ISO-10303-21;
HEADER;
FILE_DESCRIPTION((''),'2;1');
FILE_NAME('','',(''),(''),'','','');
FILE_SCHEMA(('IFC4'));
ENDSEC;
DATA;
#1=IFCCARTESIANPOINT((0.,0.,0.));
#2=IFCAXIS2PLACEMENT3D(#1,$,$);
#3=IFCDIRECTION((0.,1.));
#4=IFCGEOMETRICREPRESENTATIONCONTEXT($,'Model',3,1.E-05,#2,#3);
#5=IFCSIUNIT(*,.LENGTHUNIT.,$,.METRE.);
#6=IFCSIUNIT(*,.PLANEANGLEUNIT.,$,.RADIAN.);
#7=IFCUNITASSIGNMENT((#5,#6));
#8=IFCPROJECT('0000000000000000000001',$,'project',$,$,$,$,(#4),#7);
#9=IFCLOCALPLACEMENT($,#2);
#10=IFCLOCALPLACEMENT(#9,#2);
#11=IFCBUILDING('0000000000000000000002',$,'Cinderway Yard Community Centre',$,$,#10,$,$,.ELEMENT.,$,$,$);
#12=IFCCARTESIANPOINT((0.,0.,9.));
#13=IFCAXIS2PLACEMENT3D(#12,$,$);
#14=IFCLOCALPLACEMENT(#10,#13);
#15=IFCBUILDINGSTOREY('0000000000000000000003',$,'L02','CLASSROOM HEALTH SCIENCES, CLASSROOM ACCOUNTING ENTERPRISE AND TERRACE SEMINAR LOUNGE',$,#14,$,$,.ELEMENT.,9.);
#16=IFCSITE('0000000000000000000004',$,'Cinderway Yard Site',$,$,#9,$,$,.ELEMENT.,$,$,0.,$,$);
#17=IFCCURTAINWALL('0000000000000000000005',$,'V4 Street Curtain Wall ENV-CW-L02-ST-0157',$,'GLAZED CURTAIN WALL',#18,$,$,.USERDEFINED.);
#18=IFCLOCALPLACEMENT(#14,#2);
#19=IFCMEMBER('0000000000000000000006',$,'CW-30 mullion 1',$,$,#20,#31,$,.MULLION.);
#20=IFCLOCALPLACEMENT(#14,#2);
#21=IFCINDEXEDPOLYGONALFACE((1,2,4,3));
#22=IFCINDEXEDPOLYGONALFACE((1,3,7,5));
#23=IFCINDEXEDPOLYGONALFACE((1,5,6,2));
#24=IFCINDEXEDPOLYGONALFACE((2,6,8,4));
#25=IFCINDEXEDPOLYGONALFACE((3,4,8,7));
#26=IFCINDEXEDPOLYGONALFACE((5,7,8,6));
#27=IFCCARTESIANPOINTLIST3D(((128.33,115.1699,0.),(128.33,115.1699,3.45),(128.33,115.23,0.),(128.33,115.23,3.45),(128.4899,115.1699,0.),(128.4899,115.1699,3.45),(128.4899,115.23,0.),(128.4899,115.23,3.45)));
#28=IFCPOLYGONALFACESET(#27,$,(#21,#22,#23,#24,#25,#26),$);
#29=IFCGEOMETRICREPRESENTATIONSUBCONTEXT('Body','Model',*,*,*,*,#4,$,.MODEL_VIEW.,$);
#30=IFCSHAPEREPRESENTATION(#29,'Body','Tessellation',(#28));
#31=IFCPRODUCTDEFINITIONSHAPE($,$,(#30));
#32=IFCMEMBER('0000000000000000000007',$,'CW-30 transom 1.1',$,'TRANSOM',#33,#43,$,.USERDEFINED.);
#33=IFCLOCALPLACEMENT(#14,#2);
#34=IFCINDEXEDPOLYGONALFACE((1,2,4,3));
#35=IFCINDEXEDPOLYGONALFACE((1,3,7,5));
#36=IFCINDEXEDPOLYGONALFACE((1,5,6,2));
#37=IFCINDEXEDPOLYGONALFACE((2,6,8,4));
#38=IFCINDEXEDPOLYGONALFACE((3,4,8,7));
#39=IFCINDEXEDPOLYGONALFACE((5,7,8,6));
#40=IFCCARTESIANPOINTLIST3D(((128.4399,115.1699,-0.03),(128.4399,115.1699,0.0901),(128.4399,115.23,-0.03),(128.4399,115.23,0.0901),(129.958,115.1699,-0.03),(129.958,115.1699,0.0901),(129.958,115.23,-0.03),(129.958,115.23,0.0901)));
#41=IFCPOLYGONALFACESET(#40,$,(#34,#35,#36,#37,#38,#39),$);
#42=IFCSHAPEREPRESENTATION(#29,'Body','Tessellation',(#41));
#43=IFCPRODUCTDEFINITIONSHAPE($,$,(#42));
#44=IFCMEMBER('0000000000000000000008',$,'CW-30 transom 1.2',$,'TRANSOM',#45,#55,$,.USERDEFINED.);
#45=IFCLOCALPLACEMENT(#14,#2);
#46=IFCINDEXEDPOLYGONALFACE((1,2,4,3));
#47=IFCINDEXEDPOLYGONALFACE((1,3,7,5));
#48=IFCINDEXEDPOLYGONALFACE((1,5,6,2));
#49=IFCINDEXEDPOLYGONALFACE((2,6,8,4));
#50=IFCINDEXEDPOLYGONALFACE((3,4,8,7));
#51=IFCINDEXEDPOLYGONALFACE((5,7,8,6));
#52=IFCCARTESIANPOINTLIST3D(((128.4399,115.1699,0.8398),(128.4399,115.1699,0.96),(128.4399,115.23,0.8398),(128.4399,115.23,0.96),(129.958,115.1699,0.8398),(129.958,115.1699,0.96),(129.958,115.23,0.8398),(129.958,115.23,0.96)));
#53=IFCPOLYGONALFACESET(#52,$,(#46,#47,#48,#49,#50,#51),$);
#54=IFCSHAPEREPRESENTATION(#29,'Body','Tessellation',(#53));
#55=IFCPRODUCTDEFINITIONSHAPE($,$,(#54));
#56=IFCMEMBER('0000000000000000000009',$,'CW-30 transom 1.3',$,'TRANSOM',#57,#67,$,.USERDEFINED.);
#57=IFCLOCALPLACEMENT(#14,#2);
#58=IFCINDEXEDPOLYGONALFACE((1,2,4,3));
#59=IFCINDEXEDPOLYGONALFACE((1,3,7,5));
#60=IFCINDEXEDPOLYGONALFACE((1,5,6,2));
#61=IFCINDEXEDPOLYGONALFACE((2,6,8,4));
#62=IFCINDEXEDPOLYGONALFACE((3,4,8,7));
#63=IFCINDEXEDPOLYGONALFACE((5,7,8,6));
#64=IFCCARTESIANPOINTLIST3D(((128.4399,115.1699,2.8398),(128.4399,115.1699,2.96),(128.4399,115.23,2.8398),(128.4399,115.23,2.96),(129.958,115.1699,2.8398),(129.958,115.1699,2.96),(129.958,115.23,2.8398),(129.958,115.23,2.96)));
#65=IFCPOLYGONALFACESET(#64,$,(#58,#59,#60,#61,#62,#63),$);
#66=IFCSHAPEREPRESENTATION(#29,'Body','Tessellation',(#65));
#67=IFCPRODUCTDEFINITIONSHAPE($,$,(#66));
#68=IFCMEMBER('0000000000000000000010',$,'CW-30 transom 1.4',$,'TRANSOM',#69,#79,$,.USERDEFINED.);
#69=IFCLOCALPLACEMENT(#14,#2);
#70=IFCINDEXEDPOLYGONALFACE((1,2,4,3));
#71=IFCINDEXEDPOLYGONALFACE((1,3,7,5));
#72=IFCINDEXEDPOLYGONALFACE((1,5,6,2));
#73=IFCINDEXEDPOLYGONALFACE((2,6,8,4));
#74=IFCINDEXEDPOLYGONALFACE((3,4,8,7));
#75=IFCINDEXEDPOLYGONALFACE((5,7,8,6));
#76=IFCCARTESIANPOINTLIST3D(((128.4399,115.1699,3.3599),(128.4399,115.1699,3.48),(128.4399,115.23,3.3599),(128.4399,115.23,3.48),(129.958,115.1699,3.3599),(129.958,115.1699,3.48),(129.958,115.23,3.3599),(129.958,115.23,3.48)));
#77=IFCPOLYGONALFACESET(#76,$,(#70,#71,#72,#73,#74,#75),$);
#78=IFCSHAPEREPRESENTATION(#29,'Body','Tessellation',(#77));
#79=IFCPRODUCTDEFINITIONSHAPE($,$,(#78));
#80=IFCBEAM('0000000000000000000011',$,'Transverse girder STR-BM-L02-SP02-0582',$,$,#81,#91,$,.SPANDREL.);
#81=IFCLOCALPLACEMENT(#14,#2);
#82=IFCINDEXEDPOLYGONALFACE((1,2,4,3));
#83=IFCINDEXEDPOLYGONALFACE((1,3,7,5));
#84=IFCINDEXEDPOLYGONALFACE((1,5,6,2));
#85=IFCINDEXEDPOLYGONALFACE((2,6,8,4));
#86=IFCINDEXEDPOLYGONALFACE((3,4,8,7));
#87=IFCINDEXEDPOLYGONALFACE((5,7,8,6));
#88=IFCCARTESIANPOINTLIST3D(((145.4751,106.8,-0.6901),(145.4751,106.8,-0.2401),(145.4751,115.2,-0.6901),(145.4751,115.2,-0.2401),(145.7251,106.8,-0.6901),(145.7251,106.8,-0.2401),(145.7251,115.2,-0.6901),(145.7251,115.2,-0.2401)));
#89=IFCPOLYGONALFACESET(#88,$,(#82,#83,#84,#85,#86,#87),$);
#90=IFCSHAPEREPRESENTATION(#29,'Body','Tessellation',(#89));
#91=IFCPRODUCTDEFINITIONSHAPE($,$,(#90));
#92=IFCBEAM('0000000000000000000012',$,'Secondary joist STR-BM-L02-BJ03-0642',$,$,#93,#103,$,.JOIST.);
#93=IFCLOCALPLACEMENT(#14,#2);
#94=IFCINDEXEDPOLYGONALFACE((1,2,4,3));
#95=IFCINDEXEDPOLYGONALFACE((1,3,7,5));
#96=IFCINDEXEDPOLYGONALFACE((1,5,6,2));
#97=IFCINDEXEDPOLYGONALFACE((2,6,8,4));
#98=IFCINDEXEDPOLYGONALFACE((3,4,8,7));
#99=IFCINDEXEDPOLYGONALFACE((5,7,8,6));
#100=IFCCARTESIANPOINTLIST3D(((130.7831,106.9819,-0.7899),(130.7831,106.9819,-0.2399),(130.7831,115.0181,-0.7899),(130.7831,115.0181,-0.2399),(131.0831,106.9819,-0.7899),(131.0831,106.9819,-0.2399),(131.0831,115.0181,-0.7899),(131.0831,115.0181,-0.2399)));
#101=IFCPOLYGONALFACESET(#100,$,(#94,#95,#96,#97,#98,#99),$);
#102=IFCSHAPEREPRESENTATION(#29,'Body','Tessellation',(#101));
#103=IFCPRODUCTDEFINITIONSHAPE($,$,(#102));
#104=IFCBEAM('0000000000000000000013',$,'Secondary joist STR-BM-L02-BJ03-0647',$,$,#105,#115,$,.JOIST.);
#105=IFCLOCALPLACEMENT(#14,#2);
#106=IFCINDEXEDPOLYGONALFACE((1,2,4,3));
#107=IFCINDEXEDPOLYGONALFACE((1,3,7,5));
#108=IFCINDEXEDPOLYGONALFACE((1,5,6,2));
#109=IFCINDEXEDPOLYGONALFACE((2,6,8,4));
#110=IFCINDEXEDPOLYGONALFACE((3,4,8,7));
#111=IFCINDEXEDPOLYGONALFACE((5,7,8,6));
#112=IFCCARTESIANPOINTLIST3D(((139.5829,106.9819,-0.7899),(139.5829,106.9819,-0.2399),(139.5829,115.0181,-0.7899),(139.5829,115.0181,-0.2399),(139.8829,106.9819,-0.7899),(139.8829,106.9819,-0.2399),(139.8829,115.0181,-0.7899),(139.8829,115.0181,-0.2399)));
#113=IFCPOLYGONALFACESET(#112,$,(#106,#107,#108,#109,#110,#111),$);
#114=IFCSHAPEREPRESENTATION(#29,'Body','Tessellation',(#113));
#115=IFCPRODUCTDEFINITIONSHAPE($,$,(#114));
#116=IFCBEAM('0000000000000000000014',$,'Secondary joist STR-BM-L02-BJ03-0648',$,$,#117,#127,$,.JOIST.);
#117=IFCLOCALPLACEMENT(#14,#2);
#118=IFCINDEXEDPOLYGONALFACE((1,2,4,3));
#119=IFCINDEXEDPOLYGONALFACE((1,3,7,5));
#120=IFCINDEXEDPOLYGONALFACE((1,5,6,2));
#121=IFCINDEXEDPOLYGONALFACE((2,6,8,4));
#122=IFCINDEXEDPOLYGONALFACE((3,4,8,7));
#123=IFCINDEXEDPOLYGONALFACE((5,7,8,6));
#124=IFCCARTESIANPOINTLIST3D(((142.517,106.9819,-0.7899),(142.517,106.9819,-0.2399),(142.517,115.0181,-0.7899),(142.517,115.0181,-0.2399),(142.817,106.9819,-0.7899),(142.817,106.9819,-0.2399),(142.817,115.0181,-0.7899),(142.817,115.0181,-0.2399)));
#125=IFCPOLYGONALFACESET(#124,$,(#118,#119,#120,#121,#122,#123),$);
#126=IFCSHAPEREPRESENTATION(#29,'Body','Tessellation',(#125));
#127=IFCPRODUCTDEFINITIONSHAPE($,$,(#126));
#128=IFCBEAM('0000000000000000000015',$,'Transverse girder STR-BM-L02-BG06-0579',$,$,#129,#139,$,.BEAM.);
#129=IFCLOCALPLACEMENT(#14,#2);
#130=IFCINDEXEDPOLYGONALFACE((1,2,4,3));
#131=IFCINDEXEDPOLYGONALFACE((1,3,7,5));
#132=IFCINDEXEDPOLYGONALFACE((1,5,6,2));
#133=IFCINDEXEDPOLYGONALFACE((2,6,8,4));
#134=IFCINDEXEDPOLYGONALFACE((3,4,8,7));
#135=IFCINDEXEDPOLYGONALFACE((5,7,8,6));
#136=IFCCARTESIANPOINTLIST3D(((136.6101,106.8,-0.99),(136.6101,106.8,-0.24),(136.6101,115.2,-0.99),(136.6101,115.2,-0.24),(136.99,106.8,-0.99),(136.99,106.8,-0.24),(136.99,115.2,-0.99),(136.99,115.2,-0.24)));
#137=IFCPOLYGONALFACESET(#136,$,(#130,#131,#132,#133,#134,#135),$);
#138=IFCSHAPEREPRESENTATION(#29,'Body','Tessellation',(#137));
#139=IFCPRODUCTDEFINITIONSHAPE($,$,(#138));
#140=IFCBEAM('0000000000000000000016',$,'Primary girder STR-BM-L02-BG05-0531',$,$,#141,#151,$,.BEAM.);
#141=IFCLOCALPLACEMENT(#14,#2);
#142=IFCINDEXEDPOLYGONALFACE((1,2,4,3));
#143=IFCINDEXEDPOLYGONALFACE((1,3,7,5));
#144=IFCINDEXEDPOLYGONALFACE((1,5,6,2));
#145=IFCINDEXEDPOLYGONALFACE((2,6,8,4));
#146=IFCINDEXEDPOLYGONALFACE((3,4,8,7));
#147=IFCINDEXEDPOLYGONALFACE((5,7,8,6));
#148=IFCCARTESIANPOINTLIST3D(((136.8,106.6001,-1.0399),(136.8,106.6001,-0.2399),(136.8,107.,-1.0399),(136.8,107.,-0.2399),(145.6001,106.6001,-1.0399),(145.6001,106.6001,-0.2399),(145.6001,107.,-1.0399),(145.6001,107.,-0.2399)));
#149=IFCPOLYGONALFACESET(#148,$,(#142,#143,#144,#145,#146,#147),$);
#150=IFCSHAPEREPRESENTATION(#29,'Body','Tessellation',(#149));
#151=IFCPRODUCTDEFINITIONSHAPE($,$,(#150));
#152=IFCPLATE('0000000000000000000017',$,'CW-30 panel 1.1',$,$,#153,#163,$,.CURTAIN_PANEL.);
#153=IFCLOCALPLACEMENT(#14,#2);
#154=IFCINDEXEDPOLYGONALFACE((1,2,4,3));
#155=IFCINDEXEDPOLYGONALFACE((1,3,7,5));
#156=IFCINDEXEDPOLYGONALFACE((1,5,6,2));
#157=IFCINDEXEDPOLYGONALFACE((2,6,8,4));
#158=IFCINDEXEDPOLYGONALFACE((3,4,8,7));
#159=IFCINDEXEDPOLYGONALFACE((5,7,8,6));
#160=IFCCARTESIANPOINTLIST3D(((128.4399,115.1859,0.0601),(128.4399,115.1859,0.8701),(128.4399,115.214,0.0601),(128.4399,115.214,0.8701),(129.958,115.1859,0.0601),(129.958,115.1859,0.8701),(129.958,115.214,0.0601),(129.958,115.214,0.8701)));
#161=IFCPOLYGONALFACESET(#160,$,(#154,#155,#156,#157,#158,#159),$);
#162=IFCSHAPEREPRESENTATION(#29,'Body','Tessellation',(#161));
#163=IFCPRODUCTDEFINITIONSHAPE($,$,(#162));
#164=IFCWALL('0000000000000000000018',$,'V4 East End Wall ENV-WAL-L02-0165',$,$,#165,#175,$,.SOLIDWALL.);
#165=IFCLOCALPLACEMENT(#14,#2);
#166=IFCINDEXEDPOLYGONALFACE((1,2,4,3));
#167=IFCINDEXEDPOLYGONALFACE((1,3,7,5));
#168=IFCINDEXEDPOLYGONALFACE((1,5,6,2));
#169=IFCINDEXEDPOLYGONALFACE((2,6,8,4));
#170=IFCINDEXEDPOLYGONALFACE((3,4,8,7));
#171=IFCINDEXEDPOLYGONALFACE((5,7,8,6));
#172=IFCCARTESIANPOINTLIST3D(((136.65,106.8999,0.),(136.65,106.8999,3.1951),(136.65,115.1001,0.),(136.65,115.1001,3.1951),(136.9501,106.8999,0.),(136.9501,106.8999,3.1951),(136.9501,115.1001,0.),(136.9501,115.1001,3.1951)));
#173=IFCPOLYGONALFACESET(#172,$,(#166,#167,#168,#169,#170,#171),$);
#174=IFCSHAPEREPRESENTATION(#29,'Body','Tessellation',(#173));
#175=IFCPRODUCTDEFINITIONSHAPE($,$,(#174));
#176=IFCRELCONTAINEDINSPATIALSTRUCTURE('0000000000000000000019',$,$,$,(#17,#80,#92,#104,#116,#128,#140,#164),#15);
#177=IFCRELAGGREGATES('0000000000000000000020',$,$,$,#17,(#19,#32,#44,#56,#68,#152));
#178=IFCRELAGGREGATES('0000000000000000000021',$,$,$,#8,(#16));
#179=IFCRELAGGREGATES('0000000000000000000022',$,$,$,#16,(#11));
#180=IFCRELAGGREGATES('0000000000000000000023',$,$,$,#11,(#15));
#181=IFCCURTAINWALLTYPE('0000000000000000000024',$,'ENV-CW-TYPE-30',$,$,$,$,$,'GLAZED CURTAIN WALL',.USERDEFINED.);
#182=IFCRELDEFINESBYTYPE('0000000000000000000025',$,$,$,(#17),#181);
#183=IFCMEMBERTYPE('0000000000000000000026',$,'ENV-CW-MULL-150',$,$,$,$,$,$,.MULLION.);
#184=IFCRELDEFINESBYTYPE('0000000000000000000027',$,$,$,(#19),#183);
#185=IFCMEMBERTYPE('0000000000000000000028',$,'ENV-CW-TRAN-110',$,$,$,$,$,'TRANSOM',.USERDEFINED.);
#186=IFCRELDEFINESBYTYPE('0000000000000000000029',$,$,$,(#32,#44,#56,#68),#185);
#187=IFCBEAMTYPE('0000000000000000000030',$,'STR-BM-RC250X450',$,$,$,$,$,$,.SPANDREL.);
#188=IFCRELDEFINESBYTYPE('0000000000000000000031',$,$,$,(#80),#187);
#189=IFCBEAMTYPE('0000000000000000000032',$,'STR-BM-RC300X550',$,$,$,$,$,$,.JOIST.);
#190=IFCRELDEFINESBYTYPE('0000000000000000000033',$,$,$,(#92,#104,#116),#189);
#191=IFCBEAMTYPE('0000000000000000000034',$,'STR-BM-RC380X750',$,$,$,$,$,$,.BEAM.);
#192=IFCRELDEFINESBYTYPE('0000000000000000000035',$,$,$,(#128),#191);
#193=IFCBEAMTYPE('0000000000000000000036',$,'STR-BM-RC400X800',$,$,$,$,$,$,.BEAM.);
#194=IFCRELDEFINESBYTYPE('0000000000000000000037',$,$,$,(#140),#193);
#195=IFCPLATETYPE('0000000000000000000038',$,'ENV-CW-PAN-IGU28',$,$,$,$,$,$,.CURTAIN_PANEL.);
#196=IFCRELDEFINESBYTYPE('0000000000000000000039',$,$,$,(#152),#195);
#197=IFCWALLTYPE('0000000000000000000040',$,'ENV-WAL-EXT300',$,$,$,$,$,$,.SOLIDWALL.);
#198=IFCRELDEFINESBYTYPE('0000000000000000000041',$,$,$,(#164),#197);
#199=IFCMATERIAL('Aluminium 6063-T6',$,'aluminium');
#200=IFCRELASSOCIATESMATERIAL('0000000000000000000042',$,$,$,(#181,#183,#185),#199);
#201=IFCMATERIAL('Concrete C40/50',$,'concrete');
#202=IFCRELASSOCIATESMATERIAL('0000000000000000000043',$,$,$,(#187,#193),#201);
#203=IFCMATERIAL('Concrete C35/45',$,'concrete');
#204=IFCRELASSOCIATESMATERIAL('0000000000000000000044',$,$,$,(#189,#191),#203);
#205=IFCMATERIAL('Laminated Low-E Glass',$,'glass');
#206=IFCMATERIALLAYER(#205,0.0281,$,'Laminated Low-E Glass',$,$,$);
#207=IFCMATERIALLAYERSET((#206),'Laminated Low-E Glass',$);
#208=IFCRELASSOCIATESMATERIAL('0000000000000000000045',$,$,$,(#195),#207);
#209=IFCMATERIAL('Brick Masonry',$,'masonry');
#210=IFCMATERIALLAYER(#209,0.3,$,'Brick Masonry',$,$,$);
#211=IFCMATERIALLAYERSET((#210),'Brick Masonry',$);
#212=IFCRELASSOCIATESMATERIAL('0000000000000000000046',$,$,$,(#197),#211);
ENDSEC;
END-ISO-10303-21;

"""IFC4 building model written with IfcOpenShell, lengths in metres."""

from ifc_helpers import new_model, si_unit, direction, frame, frame_2d, origin, origin_2d, place, context, subcontext, project, spatial, rectangle, extrude, material, layer, layer_set, material_profile, profile_set, type_object, element, aggregate, save


model = new_model("IFC4")

# Units and contexts
model_context = context("Model", 3, precision=1e-05, world=origin(), true_north=direction((0.0, 1.0)))
body_context = subcontext(model_context, "Body", "Model", "MODEL_VIEW")
ifc_project = project(units=[si_unit("LENGTHUNIT", "METRE"), si_unit("PLANEANGLEUNIT", "RADIAN")], contexts=[model_context])

# Site, building, storey
site_placement = place(None, origin())
site = spatial("IfcSite", under=ifc_project, at=site_placement, Name="Cinderway Yard Site", CompositionType="ELEMENT", RefElevation=0.0)
building_placement = place(site_placement, origin())
building = spatial("IfcBuilding", under=site, at=building_placement, Name="Cinderway Yard Community Centre", CompositionType="ELEMENT")
storey_placement = place(building_placement, frame((0.0, 0.0, 9.0)))
storey = spatial("IfcBuildingStorey", under=building, at=storey_placement, Name="L02", Description="CLASSROOM HEALTH SCIENCES, CLASSROOM ACCOUNTING ENTERPRISE AND TERRACE SEMINAR LOUNGE", CompositionType="ELEMENT", Elevation=9.0)

# Curtain wall, members
ifc_material_1 = material(Name="Aluminium 6063-T6", Category="aluminium")
curtain_wall_type = type_object("IfcCurtainWallType", Name="ENV-CW-TYPE-30", ElementType="GLAZED CURTAIN WALL", PredefinedType="USERDEFINED", material=ifc_material_1)
curtain_wall_placement = place(storey_placement, origin())
curtain_wall = element("IfcCurtainWall", 1, at=curtain_wall_placement, inside=storey, type_object=curtain_wall_type, Name="V4 Street Curtain Wall ENV-CW-L02-ST-0157", ObjectType="GLAZED CURTAIN WALL", PredefinedType="USERDEFINED")
ifc_material_profile_1 = material_profile(ifc_material_1, rectangle(XDim=0.0601, YDim=0.1599, at=origin_2d()), Name="Aluminium 6063-T6")
ifc_profile_set_1 = profile_set([ifc_material_profile_1], Name="Aluminium 6063-T6")
member_type_1 = type_object("IfcMemberType", Name="ENV-CW-MULL-150", PredefinedType="MULLION", material=ifc_profile_set_1)
member_1_placement = place(storey_placement, frame((128.4099, 115.2, 0.0), z_axis=(0.0, 0.0, 1.0), x_axis=(0.0, 1.0, 0.0)))
member_1 = element("IfcMember", 2, at=member_1_placement, type_object=member_type_1, Name="CW-30 mullion 1", PredefinedType="MULLION", context=body_context, shape_type="SweptSolid", body=[
    extrude(rectangle(XDim=0.0601, YDim=0.1599, at=origin_2d()), origin(), (0.0, 0.0, 1.0), 3.45),
])
ifc_material_profile_2 = material_profile(ifc_material_1, rectangle(XDim=0.0601, YDim=0.1201, at=origin_2d()), Name="Aluminium 6063-T6")
ifc_profile_set_2 = profile_set([ifc_material_profile_2], Name="Aluminium 6063-T6")
member_type_2 = type_object("IfcMemberType", Name="ENV-CW-TRAN-110", ElementType="TRANSOM", PredefinedType="USERDEFINED", material=ifc_profile_set_2)
member_2_placement = place(storey_placement, frame((128.4399, 115.2, 0.03), z_axis=(1.0, 0.0, 0.0), x_axis=(0.0, 1.0, 0.0)))
member_2 = element("IfcMember", 3, at=member_2_placement, type_object=member_type_2, Name="CW-30 transom 1.1", ObjectType="TRANSOM", PredefinedType="USERDEFINED", context=body_context, shape_type="SweptSolid", body=[
    extrude(rectangle(XDim=0.0601, YDim=0.1201, at=origin_2d()), origin(), (0.0, 0.0, 1.0), 1.5181),
])
member_3_placement = place(storey_placement, frame((128.4399, 115.2, 0.8999), z_axis=(1.0, 0.0, 0.0), x_axis=(0.0, 1.0, 0.0)))
member_3 = element("IfcMember", 4, at=member_3_placement, type_object=member_type_2, Name="CW-30 transom 1.2", ObjectType="TRANSOM", PredefinedType="USERDEFINED", context=body_context, shape_type="SweptSolid", body=[
    extrude(rectangle(XDim=0.0601, YDim=0.1201, at=origin_2d()), origin(), (0.0, 0.0, 1.0), 1.5181),
])
member_4_placement = place(storey_placement, frame((128.4399, 115.2, 2.8999), z_axis=(1.0, 0.0, 0.0), x_axis=(0.0, 1.0, 0.0)))
member_4 = element("IfcMember", 5, at=member_4_placement, type_object=member_type_2, Name="CW-30 transom 1.3", ObjectType="TRANSOM", PredefinedType="USERDEFINED", context=body_context, shape_type="SweptSolid", body=[
    extrude(rectangle(XDim=0.0601, YDim=0.1201, at=origin_2d()), origin(), (0.0, 0.0, 1.0), 1.5181),
])
member_5_placement = place(storey_placement, frame((128.4399, 115.2, 3.4199), z_axis=(1.0, 0.0, 0.0), x_axis=(0.0, 1.0, 0.0)))
member_5 = element("IfcMember", 6, at=member_5_placement, type_object=member_type_2, Name="CW-30 transom 1.4", ObjectType="TRANSOM", PredefinedType="USERDEFINED", context=body_context, shape_type="SweptSolid", body=[
    extrude(rectangle(XDim=0.0601, YDim=0.1201, at=origin_2d()), origin(), (0.0, 0.0, 1.0), 1.5181),
])

# Beams
ifc_material_2 = material(Name="Concrete C40/50", Category="concrete")
ifc_material_profile_3 = material_profile(ifc_material_2, rectangle(XDim=0.25, YDim=0.45, at=origin_2d()), Name="Concrete C40/50")
ifc_profile_set_3 = profile_set([ifc_material_profile_3], Name="Concrete C40/50")
beam_type_1 = type_object("IfcBeamType", Name="STR-BM-RC250X450", PredefinedType="SPANDREL", material=ifc_profile_set_3)
beam_1_placement = place(storey_placement, frame((145.6001, 106.8, -0.4651), z_axis=(0.0, 1.0, 0.0), x_axis=(-1.0, 0.0, 0.0)))
element("IfcBeam", 7, at=beam_1_placement, inside=storey, type_object=beam_type_1, Name="Transverse girder STR-BM-L02-SP02-0582", PredefinedType="SPANDREL", context=body_context, shape_type="SweptSolid", body=[
    extrude(rectangle(XDim=0.25, YDim=0.45, at=origin_2d()), origin(), (0.0, 0.0, 1.0), 8.3999),
])
ifc_material_3 = material(Name="Concrete C35/45", Category="concrete")
ifc_material_profile_4 = material_profile(ifc_material_3, rectangle(XDim=0.3, YDim=0.55, at=origin_2d()), Name="Concrete C35/45")
ifc_profile_set_4 = profile_set([ifc_material_profile_4], Name="Concrete C35/45")
beam_type_2 = type_object("IfcBeamType", Name="STR-BM-RC300X550", PredefinedType="JOIST", material=ifc_profile_set_4)
for number, where, z_axis, x_axis, name in (
    (8, (130.9331, 106.9819, -0.5149), (0.0, 1.0, 0.0), (-1.0, 0.0, 0.0), "Secondary joist STR-BM-L02-BJ03-0642"),
    (9, (139.7329, 106.9819, -0.5149), (0.0, 1.0, 0.0), (-1.0, 0.0, 0.0), "Secondary joist STR-BM-L02-BJ03-0647"),
    (10, (142.667, 106.9819, -0.5149), (0.0, 1.0, 0.0), (-1.0, 0.0, 0.0), "Secondary joist STR-BM-L02-BJ03-0648"),
):
    element("IfcBeam", number, at=place(storey_placement, frame(where, z_axis=z_axis, x_axis=x_axis)), inside=storey, type_object=beam_type_2, Name=name, PredefinedType="JOIST", context=body_context, shape_type="SweptSolid", body=[
        extrude(rectangle(XDim=0.3, YDim=0.55, at=origin_2d()), origin(), (0.0, 0.0, 1.0), 8.0361),
    ])
ifc_material_profile_5 = material_profile(ifc_material_3, rectangle(XDim=0.3799, YDim=0.75, at=origin_2d()), Name="Concrete C35/45")
ifc_profile_set_5 = profile_set([ifc_material_profile_5], Name="Concrete C35/45")
beam_type_3 = type_object("IfcBeamType", Name="STR-BM-RC380X750", PredefinedType="BEAM", material=ifc_profile_set_5)
beam_2_placement = place(storey_placement, frame((136.8, 106.8, -0.615), z_axis=(0.0, 1.0, 0.0), x_axis=(-1.0, 0.0, 0.0)))
element("IfcBeam", 11, at=beam_2_placement, inside=storey, type_object=beam_type_3, Name="Transverse girder STR-BM-L02-BG06-0579", PredefinedType="BEAM", context=body_context, shape_type="SweptSolid", body=[
    extrude(rectangle(XDim=0.3799, YDim=0.75, at=origin_2d()), origin(), (0.0, 0.0, 1.0), 8.3999),
])
ifc_material_profile_6 = material_profile(ifc_material_2, rectangle(XDim=0.3999, YDim=0.8, at=origin_2d()), Name="Concrete C40/50")
ifc_profile_set_6 = profile_set([ifc_material_profile_6], Name="Concrete C40/50")
beam_type_4 = type_object("IfcBeamType", Name="STR-BM-RC400X800", PredefinedType="BEAM", material=ifc_profile_set_6)
beam_3_placement = place(storey_placement, frame((136.8, 106.8, -0.6399), z_axis=(1.0, 0.0, 0.0), x_axis=(0.0, 1.0, 0.0)))
element("IfcBeam", 12, at=beam_3_placement, inside=storey, type_object=beam_type_4, Name="Primary girder STR-BM-L02-BG05-0531", PredefinedType="BEAM", context=body_context, shape_type="SweptSolid", body=[
    extrude(rectangle(XDim=0.3999, YDim=0.8, at=origin_2d()), origin(), (0.0, 0.0, 1.0), 8.8),
])

# Plate
ifc_material_4 = material(Name="Laminated Low-E Glass", Category="glass")
ifc_layer_1 = layer(ifc_material_4, 0.0281, Name="Laminated Low-E Glass")
ifc_layer_set_1 = layer_set([ifc_layer_1], Name="Laminated Low-E Glass")
plate_type = type_object("IfcPlateType", Name="ENV-CW-PAN-IGU28", PredefinedType="CURTAIN_PANEL", material=ifc_layer_set_1)
plate_placement = place(storey_placement, frame((129.199, 115.2, 0.0601), z_axis=(0.0, 0.0, 1.0), x_axis=(1.0, 0.0, 0.0)))
plate = element("IfcPlate", 13, at=plate_placement, type_object=plate_type, Name="CW-30 panel 1.1", PredefinedType="CURTAIN_PANEL", context=body_context, shape_type="SweptSolid", body=[
    extrude(rectangle(XDim=1.5181, YDim=0.0281, at=origin_2d()), origin(), (0.0, 0.0, 1.0), 0.8101),
])
aggregate(curtain_wall, [member_1, member_2, member_3, member_4, member_5, plate])

# Wall
ifc_material_5 = material(Name="Brick Masonry", Category="masonry")
ifc_layer_2 = layer(ifc_material_5, 0.3, Name="Brick Masonry")
ifc_layer_set_2 = layer_set([ifc_layer_2], Name="Brick Masonry")
wall_type_1 = type_object("IfcWallType", Name="ENV-WAL-EXT300", PredefinedType="SOLIDWALL", material=ifc_layer_set_2)
wall_1_placement = place(storey_placement, frame((136.8, 106.8999, 0.0), z_axis=(0.0, 0.0, 1.0), x_axis=(0.0, 1.0, 0.0)))
element("IfcWall", 14, at=wall_1_placement, inside=storey, type_object=wall_type_1, Name="V4 East End Wall ENV-WAL-L02-0165", PredefinedType="SOLIDWALL", context=body_context, shape_type="SweptSolid", body=[
    extrude(rectangle(XDim=8.2002, YDim=0.3, at=frame_2d((4.1001, 0.0))), origin(), (0.0, 0.0, 1.0), 3.1951),
])

save(model, "model.ifc")
